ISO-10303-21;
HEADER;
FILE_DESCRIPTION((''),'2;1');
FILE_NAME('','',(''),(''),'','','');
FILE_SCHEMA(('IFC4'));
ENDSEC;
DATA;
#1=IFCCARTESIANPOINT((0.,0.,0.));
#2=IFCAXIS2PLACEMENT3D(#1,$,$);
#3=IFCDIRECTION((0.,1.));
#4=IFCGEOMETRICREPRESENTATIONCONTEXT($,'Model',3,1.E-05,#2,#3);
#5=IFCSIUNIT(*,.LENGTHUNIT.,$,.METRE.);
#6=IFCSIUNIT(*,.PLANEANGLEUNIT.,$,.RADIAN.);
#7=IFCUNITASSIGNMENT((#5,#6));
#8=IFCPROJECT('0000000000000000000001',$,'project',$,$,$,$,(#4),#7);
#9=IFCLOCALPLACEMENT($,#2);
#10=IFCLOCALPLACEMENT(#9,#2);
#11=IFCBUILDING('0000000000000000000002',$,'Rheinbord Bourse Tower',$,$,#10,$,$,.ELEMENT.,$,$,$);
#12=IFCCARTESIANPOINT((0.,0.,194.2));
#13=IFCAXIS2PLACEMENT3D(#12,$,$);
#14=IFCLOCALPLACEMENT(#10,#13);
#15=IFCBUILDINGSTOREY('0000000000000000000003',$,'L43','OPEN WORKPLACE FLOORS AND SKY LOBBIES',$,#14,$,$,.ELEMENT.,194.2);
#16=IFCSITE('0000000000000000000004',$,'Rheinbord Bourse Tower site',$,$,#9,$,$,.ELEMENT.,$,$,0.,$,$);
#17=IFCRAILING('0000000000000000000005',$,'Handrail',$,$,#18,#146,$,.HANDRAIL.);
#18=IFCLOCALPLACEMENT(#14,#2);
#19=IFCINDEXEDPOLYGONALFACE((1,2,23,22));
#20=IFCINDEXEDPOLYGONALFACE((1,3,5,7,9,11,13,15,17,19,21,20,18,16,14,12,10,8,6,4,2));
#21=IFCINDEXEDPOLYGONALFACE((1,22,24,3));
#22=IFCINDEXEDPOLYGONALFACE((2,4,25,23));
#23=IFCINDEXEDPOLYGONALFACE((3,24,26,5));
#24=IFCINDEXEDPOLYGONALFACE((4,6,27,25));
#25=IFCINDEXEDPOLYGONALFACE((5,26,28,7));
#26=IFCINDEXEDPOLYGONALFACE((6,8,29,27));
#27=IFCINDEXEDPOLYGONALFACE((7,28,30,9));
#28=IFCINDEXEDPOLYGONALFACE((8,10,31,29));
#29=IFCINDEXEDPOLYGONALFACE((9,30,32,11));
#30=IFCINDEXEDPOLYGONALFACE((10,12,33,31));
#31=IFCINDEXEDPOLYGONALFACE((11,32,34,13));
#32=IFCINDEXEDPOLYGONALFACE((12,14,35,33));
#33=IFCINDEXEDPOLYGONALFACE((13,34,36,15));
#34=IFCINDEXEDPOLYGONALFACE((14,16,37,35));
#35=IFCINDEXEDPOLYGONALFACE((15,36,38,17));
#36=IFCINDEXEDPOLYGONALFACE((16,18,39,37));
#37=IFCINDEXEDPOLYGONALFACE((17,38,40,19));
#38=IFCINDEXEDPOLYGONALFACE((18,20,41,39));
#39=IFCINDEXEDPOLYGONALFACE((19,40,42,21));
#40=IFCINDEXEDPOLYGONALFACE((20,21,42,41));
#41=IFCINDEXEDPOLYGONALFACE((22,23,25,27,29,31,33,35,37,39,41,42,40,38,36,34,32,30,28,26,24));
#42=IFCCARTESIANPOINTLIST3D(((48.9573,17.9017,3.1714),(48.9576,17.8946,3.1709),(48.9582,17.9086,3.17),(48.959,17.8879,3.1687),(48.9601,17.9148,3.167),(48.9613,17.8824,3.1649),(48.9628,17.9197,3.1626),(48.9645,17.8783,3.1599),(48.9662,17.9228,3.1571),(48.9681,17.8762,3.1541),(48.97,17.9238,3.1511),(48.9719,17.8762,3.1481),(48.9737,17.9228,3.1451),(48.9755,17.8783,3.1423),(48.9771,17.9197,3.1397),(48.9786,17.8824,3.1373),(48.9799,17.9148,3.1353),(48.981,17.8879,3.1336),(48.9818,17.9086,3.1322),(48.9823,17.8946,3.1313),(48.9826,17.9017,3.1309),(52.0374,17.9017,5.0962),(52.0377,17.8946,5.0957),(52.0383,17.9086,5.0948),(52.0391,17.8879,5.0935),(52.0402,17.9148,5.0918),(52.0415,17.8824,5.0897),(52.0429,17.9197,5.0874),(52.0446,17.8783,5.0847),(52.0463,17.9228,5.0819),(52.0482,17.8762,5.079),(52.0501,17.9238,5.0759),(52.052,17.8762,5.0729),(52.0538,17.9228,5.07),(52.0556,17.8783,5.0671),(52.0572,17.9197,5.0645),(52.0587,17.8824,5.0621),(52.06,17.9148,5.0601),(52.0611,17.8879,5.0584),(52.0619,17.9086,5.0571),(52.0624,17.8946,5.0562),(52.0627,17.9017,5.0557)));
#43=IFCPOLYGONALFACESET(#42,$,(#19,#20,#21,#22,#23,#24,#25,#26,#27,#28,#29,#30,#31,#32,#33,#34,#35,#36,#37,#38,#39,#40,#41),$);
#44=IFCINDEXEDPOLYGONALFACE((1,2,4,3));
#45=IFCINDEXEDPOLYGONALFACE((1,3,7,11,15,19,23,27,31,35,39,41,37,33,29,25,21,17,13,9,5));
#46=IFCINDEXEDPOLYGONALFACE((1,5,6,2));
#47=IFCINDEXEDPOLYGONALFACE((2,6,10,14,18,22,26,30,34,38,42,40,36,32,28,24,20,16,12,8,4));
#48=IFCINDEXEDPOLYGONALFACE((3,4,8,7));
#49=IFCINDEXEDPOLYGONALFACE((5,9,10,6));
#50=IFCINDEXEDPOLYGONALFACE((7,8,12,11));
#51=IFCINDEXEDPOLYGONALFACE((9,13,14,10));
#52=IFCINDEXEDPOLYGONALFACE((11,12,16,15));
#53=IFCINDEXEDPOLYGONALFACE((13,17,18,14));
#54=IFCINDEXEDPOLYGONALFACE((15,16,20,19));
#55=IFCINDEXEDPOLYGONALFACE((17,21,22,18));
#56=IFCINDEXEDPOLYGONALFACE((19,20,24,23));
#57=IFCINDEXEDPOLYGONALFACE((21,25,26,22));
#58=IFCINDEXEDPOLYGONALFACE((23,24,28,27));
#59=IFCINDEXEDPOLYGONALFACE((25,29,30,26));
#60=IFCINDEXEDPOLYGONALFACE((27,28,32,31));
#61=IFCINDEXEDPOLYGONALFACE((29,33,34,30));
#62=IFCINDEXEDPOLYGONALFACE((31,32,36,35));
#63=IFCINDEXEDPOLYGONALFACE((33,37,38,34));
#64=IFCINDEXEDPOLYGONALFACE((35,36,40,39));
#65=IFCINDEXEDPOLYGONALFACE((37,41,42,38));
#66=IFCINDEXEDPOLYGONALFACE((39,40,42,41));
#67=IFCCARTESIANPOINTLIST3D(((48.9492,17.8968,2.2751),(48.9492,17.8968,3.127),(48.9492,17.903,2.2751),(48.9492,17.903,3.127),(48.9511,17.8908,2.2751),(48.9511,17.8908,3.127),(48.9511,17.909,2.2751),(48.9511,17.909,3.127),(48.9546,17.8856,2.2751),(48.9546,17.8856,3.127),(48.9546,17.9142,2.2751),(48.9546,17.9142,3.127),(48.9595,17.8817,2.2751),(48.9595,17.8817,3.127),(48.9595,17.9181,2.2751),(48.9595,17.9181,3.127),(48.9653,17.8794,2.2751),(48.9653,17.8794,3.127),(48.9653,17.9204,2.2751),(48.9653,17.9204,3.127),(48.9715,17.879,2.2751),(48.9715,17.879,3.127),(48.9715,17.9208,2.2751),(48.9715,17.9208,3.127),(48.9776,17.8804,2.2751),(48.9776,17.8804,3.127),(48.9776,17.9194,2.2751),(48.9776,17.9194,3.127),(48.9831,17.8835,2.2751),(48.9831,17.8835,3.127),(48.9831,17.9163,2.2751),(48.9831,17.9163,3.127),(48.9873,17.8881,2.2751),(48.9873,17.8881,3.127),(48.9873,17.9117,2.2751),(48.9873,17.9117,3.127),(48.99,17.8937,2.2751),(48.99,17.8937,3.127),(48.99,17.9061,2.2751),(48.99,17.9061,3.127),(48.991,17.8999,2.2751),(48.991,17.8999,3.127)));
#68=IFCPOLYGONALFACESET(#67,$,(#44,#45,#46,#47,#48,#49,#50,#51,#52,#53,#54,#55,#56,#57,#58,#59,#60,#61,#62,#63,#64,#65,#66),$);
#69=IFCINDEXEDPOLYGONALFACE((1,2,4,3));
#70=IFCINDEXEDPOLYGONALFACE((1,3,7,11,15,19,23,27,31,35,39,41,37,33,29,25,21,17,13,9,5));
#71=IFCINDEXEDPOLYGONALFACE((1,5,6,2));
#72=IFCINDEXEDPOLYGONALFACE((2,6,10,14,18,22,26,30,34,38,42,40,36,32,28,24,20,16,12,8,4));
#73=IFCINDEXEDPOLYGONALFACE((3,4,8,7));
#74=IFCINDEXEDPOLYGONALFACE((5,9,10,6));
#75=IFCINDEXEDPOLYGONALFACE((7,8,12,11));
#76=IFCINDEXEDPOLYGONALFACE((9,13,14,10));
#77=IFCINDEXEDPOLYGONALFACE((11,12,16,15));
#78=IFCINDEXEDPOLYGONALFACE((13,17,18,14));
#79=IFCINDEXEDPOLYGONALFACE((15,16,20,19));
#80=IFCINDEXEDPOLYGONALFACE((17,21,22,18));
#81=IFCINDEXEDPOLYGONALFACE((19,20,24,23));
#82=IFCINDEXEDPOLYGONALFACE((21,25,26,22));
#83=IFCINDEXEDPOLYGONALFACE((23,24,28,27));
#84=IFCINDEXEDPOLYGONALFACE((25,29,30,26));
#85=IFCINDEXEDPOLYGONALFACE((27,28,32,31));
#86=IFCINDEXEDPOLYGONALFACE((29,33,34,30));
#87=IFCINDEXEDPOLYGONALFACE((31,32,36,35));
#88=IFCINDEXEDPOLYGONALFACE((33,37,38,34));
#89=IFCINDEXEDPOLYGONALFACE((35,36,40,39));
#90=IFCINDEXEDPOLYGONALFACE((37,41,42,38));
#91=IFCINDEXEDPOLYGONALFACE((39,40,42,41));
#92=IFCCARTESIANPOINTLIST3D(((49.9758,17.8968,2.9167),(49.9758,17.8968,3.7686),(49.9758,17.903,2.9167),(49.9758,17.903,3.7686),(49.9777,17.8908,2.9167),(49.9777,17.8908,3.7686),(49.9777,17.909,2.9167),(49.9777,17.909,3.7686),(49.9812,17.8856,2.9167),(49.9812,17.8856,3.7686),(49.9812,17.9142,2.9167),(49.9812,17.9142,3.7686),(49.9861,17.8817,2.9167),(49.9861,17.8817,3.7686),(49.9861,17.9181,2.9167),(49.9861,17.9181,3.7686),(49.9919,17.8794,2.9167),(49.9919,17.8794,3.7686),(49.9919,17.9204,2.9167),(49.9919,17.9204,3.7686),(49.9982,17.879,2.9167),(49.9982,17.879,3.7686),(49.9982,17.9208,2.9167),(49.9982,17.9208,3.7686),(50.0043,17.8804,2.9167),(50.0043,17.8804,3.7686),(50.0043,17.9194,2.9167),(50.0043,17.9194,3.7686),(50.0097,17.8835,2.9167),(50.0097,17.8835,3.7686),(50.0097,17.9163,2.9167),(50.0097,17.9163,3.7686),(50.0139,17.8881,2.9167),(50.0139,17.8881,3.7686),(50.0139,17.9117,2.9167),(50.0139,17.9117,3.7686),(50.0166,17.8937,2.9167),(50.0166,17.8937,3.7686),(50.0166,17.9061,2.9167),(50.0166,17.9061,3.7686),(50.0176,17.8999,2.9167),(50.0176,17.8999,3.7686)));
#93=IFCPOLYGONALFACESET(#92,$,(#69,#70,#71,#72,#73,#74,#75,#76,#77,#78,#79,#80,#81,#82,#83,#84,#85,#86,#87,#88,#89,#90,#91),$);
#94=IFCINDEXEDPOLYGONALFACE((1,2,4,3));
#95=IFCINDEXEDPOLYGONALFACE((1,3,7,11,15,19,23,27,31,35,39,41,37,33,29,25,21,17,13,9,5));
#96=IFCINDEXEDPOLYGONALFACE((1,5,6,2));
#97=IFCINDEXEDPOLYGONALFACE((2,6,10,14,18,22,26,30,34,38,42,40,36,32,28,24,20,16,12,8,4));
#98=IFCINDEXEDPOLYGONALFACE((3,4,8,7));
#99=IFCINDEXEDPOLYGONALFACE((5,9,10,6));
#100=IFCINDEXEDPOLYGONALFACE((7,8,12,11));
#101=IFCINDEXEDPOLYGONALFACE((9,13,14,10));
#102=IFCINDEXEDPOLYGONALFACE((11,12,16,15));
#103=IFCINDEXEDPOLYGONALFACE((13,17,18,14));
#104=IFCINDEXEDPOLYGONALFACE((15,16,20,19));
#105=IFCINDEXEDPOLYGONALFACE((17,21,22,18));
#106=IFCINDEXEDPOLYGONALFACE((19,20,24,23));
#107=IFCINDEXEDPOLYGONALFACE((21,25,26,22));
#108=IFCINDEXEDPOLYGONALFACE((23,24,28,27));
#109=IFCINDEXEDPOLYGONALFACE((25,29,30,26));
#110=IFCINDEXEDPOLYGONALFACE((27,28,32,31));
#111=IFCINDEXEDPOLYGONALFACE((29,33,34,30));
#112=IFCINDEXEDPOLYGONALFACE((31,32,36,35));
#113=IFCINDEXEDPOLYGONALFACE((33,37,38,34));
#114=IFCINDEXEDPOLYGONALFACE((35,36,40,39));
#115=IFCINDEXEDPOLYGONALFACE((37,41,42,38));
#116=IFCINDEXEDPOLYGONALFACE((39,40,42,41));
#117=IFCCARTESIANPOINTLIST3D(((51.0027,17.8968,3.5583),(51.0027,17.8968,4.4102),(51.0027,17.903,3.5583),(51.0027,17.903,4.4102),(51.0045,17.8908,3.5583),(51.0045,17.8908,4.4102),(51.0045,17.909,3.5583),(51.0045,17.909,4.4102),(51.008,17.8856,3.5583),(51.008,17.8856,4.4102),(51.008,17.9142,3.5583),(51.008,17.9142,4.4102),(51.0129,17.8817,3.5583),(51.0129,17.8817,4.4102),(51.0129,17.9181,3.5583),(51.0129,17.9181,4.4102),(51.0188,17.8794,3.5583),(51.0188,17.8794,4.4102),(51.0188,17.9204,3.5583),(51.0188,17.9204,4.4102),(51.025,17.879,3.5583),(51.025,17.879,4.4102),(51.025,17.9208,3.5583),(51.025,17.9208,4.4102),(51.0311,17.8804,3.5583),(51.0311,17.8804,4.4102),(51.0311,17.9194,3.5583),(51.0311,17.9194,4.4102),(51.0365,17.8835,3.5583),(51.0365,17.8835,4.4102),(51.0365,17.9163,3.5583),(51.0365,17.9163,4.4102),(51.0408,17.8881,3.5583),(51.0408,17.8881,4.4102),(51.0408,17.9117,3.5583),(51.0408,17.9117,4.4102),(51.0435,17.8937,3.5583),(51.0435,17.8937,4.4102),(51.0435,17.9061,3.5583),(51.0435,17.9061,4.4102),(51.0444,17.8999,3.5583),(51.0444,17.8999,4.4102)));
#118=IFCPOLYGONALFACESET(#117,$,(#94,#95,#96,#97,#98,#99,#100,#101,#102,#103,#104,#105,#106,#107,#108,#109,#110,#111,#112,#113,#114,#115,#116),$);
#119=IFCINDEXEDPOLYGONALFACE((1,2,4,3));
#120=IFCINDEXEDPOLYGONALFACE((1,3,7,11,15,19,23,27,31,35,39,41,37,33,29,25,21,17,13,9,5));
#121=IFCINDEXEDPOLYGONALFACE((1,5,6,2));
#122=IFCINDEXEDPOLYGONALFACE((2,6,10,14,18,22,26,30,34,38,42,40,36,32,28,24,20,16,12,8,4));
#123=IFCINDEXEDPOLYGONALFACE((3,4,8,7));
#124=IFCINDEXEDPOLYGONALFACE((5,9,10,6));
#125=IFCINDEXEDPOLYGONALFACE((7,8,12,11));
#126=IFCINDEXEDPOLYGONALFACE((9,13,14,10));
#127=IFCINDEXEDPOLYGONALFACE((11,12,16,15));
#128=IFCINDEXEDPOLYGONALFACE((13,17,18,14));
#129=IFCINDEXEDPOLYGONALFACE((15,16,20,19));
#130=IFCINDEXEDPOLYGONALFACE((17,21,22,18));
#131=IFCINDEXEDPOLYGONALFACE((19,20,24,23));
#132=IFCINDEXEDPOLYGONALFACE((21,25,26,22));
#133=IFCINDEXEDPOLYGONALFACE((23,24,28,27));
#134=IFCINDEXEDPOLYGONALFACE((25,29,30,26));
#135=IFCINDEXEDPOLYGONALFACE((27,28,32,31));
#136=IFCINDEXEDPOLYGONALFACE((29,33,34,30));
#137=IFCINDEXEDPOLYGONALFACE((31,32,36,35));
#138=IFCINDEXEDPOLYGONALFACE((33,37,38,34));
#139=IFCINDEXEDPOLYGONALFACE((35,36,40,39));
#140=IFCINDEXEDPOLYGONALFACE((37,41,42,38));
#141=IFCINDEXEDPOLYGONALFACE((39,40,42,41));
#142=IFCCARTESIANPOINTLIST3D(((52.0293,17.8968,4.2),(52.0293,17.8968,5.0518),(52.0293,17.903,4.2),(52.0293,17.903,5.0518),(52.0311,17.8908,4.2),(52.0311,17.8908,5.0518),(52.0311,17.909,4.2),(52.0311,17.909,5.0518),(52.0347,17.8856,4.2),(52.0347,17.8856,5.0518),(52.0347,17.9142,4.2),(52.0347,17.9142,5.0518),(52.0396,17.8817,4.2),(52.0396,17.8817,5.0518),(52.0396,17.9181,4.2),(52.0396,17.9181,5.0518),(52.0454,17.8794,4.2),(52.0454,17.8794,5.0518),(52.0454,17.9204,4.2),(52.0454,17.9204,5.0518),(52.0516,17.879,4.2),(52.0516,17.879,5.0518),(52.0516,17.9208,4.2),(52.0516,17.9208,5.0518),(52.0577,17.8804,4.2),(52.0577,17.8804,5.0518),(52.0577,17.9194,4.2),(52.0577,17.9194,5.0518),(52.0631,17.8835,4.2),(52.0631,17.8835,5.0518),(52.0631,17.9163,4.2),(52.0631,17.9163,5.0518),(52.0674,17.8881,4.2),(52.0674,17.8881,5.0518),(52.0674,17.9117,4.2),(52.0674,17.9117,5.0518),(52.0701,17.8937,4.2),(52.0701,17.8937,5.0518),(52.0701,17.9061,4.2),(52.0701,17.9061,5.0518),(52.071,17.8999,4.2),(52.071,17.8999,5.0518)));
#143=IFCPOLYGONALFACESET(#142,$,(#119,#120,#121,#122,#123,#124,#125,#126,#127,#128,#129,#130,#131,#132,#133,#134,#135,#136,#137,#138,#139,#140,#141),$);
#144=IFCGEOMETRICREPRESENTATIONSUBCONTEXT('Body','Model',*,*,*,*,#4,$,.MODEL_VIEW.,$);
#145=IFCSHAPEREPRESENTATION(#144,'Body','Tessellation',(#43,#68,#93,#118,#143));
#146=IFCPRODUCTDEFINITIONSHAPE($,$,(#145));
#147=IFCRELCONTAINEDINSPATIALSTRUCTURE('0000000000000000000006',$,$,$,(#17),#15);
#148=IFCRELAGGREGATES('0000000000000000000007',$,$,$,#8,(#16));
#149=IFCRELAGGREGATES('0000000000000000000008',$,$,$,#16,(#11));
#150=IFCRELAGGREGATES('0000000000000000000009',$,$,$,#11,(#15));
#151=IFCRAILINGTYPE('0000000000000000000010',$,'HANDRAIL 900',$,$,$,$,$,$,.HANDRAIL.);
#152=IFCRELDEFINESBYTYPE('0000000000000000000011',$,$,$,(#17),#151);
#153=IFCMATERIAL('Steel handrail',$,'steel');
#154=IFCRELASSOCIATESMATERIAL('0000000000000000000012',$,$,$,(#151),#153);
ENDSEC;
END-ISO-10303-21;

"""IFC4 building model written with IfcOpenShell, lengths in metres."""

from ifc_helpers import new_model, si_unit, direction, frame, origin, origin_2d, place, context, subcontext, project, spatial, circle, extrude, material, type_object, element, save


model = new_model("IFC4")

# Units and contexts
model_context = context("Model", 3, precision=1e-05, world=origin(), true_north=direction((0.0, 1.0)))
body_context = subcontext(model_context, "Body", "Model", "MODEL_VIEW")
ifc_project = project(units=[si_unit("LENGTHUNIT", "METRE"), si_unit("PLANEANGLEUNIT", "RADIAN")], contexts=[model_context])

# Site, building, storey
site_placement = place(None, origin())
site = spatial("IfcSite", under=ifc_project, at=site_placement, Name="Rheinbord Bourse Tower site", CompositionType="ELEMENT", RefElevation=0.0)
building_placement = place(site_placement, origin())
building = spatial("IfcBuilding", under=site, at=building_placement, Name="Rheinbord Bourse Tower", CompositionType="ELEMENT")
storey_placement = place(building_placement, frame((0.0, 0.0, 194.2)))
storey = spatial("IfcBuildingStorey", under=building, at=storey_placement, Name="L43", Description="OPEN WORKPLACE FLOORS AND SKY LOBBIES", CompositionType="ELEMENT", Elevation=194.2)

# Railing
ifc_material_1 = material(Name="Steel handrail", Category="steel")
railing_type = type_object("IfcRailingType", Name="HANDRAIL 900", PredefinedType="HANDRAIL", material=ifc_material_1)
railing_1_placement = place(storey_placement, frame((48.97, 17.8999, 2.2751)))
element("IfcRailing", 1, at=railing_1_placement, inside=storey, type_object=railing_type, Name="Handrail", PredefinedType="HANDRAIL", context=body_context, shape_type="SweptSolid", body=[
    extrude(circle(Radius=0.0239, at=origin_2d()), frame((0.0, 0.0, 0.876), z_axis=(0.848029, 0.0, 0.529951), x_axis=(0.0, 1.0, 0.0)), (0.0, 0.0, 1.0), 3.6321),
    extrude(circle(Radius=0.021, at=origin_2d()), origin(), (0.0, 0.0, 1.0), 0.8518),
    extrude(circle(Radius=0.021, at=origin_2d()), frame((1.0266, 0.0, 0.6416)), (0.0, 0.0, 1.0), 0.8518),
    extrude(circle(Radius=0.021, at=origin_2d()), frame((2.0535, 0.0, 1.2832)), (0.0, 0.0, 1.0), 0.8518),
    extrude(circle(Radius=0.021, at=origin_2d()), frame((3.0801, 0.0, 1.9248)), (0.0, 0.0, 1.0), 0.8518),
])

save(model, "model.ifc")
